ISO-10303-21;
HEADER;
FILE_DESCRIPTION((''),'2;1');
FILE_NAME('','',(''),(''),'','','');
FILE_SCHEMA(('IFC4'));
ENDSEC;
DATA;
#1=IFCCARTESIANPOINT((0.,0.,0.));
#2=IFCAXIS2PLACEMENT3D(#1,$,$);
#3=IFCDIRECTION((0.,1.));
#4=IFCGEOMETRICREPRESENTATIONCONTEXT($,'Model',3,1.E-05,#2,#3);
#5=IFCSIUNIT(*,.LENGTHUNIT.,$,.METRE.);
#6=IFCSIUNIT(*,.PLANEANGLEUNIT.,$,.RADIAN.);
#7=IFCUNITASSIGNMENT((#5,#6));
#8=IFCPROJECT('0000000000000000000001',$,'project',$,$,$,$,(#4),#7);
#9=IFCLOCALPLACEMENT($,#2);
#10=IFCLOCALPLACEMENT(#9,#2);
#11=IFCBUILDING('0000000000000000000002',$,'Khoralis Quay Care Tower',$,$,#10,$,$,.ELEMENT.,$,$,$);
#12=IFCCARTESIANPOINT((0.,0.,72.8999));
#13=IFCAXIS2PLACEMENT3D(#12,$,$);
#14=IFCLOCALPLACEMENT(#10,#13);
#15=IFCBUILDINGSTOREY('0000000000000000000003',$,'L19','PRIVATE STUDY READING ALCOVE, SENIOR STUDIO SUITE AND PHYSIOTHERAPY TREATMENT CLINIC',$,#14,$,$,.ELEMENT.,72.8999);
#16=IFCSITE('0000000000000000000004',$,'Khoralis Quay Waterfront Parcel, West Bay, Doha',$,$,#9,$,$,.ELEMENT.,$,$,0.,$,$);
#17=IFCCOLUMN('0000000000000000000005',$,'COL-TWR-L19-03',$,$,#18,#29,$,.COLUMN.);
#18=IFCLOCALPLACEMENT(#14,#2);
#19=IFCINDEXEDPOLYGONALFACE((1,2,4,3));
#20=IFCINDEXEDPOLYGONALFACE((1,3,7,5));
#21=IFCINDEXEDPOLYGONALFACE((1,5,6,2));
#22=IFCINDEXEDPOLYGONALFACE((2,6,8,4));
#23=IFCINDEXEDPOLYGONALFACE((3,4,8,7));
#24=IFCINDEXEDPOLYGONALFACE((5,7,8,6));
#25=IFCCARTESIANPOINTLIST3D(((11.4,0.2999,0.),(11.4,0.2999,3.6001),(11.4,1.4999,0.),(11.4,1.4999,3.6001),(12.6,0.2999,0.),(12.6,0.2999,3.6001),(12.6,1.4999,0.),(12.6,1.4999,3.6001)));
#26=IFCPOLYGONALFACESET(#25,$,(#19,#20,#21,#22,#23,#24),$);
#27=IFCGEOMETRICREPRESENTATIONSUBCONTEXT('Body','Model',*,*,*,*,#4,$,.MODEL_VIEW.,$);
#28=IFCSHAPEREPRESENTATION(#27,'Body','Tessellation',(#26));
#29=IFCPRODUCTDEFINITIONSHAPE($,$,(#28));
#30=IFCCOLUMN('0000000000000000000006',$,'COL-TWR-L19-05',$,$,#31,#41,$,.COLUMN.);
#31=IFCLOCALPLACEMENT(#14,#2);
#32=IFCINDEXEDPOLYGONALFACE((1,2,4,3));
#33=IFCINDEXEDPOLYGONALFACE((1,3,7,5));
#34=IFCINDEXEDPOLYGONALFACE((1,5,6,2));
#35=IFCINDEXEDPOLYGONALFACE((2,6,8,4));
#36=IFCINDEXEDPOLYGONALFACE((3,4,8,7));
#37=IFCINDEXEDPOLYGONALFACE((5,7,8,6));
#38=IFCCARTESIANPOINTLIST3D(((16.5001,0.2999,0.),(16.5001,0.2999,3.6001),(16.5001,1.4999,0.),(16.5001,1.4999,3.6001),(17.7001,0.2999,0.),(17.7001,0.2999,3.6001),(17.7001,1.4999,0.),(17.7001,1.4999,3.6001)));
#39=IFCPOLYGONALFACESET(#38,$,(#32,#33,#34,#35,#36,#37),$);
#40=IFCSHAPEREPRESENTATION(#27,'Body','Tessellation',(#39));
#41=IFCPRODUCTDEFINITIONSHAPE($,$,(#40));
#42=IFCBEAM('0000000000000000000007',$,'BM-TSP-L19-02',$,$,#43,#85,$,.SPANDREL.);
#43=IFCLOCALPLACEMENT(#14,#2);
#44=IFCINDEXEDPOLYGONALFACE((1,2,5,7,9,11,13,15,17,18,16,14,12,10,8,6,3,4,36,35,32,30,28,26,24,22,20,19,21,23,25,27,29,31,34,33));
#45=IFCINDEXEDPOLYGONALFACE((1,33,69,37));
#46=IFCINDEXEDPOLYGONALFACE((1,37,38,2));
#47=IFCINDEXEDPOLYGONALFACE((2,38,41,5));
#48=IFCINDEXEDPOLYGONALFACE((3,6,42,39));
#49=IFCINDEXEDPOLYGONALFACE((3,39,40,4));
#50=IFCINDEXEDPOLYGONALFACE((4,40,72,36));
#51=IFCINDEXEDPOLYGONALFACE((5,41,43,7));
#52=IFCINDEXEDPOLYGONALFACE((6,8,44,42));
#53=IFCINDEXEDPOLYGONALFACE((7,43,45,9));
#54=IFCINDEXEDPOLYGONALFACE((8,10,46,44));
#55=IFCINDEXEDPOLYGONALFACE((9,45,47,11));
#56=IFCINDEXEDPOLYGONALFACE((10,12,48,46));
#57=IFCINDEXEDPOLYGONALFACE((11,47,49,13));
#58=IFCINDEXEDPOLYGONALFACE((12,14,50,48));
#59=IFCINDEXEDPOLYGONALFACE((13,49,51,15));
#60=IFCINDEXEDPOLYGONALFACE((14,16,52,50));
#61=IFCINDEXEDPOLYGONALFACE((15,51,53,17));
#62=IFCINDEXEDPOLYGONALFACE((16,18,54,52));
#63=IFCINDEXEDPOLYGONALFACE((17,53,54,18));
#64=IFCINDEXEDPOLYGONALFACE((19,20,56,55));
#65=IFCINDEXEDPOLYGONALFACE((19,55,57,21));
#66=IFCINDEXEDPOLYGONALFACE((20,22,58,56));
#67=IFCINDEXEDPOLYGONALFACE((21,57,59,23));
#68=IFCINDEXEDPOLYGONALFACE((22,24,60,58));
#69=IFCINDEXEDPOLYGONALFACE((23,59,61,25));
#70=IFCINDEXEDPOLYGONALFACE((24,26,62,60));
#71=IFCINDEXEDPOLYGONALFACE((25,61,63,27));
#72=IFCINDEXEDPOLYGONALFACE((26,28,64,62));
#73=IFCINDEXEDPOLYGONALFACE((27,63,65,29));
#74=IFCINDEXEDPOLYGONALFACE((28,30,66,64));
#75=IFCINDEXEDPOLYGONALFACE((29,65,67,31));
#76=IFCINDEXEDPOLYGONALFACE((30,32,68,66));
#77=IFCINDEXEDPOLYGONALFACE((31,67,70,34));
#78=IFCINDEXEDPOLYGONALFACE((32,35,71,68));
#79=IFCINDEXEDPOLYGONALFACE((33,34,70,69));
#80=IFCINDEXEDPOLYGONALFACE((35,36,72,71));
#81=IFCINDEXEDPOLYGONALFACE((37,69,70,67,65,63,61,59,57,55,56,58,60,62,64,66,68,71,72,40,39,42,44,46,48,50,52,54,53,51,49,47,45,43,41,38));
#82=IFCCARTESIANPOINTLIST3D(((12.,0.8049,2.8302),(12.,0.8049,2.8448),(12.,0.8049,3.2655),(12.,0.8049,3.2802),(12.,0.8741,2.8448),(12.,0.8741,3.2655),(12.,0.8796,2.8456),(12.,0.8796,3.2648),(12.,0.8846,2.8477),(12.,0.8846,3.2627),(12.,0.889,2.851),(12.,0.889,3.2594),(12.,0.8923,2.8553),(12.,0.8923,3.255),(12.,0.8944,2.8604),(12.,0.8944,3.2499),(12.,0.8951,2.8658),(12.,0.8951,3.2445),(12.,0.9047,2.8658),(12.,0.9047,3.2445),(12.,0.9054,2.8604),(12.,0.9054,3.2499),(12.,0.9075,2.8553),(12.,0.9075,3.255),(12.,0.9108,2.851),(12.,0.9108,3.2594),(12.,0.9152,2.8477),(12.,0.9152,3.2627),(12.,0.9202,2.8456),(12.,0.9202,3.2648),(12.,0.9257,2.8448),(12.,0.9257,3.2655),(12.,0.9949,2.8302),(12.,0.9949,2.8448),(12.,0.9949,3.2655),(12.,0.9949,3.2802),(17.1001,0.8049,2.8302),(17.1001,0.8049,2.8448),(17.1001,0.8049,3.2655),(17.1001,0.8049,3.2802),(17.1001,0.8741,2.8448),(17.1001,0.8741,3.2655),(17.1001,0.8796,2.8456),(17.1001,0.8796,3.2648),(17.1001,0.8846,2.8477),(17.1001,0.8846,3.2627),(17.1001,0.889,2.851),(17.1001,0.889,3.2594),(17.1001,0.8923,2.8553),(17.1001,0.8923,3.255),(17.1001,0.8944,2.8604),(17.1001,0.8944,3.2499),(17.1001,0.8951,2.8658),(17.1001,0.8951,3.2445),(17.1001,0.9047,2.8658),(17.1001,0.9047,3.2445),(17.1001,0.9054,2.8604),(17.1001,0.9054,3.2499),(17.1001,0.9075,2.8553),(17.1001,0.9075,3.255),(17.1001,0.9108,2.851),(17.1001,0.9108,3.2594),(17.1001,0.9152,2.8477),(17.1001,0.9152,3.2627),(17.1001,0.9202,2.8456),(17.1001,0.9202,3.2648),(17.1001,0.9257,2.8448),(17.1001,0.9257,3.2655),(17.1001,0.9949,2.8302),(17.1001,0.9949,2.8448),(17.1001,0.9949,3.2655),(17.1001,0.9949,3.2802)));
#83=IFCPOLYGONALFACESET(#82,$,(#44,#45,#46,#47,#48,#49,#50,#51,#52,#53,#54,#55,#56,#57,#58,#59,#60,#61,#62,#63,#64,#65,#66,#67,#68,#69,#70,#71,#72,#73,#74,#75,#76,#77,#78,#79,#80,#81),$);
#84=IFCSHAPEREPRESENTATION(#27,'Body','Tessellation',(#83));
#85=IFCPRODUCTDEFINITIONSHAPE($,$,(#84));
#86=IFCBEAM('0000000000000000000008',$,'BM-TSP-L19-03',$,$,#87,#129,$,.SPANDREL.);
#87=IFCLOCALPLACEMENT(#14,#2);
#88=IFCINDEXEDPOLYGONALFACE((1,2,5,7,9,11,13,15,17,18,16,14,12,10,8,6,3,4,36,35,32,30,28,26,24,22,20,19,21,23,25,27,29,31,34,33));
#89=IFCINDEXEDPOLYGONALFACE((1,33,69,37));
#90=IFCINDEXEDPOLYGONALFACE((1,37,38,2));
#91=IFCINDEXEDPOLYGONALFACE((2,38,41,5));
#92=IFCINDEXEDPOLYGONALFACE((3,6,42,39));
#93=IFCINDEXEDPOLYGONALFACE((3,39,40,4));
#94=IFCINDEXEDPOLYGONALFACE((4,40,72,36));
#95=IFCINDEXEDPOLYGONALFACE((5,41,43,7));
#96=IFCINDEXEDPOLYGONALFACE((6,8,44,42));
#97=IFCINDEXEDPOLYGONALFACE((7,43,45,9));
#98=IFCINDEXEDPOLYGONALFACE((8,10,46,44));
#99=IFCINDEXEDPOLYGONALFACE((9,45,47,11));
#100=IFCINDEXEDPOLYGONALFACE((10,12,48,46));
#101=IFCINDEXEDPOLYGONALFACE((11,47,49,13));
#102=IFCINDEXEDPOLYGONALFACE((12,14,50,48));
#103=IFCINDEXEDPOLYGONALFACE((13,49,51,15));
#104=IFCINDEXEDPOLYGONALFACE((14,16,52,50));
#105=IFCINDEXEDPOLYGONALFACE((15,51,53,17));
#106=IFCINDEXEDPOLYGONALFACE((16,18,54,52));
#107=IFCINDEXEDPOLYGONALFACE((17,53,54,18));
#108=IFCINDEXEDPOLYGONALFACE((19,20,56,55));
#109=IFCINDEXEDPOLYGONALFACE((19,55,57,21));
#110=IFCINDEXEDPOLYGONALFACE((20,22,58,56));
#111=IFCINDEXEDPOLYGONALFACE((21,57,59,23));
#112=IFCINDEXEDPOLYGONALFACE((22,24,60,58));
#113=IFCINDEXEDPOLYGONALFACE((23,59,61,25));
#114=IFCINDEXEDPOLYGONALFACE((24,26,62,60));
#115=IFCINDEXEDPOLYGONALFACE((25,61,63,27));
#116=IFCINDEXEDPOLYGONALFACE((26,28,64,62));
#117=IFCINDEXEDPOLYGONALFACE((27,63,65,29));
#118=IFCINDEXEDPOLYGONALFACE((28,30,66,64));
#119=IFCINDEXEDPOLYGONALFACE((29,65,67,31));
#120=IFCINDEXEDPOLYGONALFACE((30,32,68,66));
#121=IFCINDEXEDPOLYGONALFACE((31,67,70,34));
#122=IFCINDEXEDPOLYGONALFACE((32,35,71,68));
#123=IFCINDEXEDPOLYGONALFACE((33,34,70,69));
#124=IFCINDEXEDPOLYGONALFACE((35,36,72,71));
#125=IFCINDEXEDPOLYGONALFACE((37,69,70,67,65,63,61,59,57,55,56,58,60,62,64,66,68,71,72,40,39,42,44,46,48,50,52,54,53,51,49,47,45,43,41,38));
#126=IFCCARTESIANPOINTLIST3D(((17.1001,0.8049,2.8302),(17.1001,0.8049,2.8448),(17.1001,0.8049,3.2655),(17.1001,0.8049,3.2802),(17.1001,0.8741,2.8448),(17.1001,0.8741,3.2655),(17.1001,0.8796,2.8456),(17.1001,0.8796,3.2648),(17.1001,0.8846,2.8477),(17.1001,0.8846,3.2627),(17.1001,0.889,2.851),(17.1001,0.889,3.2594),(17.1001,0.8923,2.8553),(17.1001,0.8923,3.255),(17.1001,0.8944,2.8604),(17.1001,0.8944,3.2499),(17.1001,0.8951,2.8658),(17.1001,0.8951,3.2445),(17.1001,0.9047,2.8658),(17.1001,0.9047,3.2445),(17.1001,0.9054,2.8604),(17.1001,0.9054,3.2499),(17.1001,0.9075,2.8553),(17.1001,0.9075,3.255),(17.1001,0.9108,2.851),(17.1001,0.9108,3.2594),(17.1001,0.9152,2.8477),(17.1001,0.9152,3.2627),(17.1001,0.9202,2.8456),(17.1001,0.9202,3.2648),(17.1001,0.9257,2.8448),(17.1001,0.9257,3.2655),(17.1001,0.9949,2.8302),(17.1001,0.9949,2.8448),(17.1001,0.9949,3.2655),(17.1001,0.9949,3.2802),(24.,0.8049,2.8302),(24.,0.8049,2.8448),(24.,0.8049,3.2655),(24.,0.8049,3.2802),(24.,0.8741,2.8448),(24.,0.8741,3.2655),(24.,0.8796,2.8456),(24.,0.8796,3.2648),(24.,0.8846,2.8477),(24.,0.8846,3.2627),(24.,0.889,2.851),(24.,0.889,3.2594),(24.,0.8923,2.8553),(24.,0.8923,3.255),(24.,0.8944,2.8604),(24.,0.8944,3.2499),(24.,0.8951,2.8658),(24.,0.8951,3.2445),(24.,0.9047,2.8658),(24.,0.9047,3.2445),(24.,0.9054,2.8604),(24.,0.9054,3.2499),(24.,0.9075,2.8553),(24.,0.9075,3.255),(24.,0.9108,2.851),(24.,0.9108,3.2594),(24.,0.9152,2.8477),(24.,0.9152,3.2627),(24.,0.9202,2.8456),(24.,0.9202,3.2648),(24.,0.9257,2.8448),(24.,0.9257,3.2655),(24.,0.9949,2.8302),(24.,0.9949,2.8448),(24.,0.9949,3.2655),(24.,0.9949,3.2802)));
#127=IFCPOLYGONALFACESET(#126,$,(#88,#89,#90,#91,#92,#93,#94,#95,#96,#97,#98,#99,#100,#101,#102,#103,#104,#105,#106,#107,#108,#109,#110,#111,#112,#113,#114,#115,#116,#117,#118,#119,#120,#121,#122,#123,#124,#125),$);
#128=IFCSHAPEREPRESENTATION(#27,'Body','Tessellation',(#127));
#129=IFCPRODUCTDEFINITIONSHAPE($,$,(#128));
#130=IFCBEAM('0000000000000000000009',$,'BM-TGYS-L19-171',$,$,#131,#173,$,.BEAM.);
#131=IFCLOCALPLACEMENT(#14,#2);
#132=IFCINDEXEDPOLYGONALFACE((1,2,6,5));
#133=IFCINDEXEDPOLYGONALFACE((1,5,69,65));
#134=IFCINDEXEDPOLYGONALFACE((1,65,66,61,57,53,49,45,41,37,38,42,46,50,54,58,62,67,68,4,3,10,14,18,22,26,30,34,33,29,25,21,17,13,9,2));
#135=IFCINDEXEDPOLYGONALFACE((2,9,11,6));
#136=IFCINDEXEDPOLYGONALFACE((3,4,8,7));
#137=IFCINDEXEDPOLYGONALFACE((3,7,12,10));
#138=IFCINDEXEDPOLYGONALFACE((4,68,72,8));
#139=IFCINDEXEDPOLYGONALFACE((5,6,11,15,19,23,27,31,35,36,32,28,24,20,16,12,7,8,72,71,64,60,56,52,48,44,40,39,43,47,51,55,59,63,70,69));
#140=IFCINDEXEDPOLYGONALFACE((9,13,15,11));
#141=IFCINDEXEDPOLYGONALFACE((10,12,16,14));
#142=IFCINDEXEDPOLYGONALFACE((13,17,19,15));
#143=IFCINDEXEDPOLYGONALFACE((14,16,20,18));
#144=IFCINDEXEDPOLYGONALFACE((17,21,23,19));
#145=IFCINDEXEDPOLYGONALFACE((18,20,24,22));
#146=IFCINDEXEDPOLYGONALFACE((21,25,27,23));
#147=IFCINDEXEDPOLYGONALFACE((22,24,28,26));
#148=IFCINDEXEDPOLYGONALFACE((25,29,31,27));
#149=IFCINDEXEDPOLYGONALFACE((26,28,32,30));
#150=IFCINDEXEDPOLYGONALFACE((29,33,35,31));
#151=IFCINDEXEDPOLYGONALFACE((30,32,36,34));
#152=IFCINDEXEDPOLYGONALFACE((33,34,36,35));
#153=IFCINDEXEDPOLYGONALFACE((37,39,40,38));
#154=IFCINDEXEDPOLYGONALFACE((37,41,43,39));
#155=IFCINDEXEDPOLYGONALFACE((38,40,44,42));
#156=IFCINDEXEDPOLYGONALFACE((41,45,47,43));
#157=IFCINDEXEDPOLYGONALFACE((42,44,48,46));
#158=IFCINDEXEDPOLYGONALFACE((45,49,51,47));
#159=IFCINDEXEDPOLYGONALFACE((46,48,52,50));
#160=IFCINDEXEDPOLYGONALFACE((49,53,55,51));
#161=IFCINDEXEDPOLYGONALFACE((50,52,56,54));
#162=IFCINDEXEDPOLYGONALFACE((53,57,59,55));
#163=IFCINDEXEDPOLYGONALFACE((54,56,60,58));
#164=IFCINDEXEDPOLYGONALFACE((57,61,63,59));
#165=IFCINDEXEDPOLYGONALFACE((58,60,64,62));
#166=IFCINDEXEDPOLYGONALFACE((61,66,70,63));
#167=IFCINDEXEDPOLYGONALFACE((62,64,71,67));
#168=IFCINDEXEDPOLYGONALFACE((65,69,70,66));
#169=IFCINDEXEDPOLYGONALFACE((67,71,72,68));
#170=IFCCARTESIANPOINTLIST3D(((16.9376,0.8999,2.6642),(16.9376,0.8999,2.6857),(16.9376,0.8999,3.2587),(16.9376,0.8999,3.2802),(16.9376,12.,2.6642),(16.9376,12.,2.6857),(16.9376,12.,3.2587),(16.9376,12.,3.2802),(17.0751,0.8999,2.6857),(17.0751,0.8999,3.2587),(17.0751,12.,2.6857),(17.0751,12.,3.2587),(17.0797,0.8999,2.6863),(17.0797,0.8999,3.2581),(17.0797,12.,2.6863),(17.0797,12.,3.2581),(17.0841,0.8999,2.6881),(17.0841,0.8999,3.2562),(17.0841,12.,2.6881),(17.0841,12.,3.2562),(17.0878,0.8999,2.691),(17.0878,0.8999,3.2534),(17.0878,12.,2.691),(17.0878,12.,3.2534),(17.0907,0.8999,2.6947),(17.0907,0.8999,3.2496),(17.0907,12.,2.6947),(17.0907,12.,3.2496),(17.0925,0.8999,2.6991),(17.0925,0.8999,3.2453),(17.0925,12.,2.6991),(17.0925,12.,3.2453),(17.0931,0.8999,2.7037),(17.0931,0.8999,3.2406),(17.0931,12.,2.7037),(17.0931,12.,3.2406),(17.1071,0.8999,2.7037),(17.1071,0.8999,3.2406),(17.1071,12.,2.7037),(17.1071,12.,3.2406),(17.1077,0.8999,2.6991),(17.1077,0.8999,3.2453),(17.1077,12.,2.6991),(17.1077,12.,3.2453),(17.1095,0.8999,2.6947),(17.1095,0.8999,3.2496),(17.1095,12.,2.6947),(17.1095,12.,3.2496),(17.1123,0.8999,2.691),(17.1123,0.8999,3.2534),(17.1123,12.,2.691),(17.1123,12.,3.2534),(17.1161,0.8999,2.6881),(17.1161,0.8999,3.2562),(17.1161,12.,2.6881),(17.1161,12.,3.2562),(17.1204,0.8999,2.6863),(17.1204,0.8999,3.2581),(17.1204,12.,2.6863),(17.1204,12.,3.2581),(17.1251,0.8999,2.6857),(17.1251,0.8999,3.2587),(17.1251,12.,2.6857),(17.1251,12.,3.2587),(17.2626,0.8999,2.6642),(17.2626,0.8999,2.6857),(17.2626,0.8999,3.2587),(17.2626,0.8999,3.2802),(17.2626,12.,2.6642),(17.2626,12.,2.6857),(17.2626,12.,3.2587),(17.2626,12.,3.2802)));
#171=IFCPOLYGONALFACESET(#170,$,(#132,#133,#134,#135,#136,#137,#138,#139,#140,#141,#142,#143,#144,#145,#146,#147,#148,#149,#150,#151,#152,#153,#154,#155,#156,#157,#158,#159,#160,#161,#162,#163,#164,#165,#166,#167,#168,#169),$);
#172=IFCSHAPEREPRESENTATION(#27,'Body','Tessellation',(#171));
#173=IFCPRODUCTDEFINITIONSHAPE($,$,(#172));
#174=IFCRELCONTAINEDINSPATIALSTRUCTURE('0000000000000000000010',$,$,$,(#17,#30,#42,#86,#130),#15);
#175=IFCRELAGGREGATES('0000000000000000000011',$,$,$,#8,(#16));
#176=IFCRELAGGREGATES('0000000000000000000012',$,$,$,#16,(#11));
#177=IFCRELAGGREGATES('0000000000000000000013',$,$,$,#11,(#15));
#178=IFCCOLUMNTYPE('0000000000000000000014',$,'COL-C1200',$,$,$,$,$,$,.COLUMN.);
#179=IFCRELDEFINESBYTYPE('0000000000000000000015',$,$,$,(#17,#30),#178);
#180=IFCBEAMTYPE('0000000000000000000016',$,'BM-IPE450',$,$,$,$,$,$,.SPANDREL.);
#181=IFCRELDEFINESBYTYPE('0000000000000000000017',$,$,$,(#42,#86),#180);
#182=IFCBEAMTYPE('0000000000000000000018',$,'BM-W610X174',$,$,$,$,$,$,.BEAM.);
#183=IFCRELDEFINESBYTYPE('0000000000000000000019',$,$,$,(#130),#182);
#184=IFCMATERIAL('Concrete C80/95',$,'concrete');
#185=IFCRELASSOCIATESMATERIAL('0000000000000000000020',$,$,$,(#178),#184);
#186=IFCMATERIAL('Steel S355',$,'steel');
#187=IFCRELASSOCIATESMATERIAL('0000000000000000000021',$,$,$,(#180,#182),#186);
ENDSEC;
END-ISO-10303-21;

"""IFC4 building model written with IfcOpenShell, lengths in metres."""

from ifc_helpers import new_model, si_unit, direction, frame, origin, origin_2d, place, context, subcontext, project, spatial, rectangle, i_section, extrude, source, transform, mapped, material, material_profile, profile_set, type_object, element, save


model = new_model("IFC4")

# Units and contexts
model_context = context("Model", 3, precision=1e-05, world=origin(), true_north=direction((0.0, 1.0)))
body_context = subcontext(model_context, "Body", "Model", "MODEL_VIEW")
ifc_project = project(units=[si_unit("LENGTHUNIT", "METRE"), si_unit("PLANEANGLEUNIT", "RADIAN")], contexts=[model_context])

# Site, building, storey
site_placement = place(None, origin())
site = spatial("IfcSite", under=ifc_project, at=site_placement, Name="Khoralis Quay Waterfront Parcel, West Bay, Doha", CompositionType="ELEMENT", RefElevation=0.0)
building_placement = place(site_placement, origin())
building = spatial("IfcBuilding", under=site, at=building_placement, Name="Khoralis Quay Care Tower", CompositionType="ELEMENT")
storey_placement = place(building_placement, frame((0.0, 0.0, 72.8999)))
storey = spatial("IfcBuildingStorey", under=building, at=storey_placement, Name="L19", Description="PRIVATE STUDY READING ALCOVE, SENIOR STUDIO SUITE AND PHYSIOTHERAPY TREATMENT CLINIC", CompositionType="ELEMENT", Elevation=72.8999)

# Columns
ifc_material_1 = material(Name="Concrete C80/95", Category="concrete")
ifc_material_profile_1 = material_profile(ifc_material_1, rectangle(XDim=1.2, YDim=1.2, at=origin_2d()), Name="Concrete C80/95")
ifc_profile_set_1 = profile_set([ifc_material_profile_1], Name="Concrete C80/95")
column_type = type_object("IfcColumnType", Name="COL-C1200", PredefinedType="COLUMN", material=ifc_profile_set_1)
shared_shape_1 = source(origin(), body_context, "Body", "SweptSolid", [
    extrude(rectangle(XDim=1.2, YDim=1.2, at=origin_2d()), origin(), (0.0, 0.0, 1.0), 3.6001),
])
for number, where, z_axis, x_axis, name in (
    (1, (12.0, 0.8999, 0.0), (0.0, 0.0, 1.0), (1.0, 0.0, 0.0), "COL-TWR-L19-03"),
    (2, (17.1001, 0.8999, 0.0), (0.0, 0.0, 1.0), (1.0, 0.0, 0.0), "COL-TWR-L19-05"),
):
    element("IfcColumn", number, at=place(storey_placement, frame(where, z_axis=z_axis, x_axis=x_axis)), inside=storey, type_object=column_type, Name=name, PredefinedType="COLUMN", context=body_context, shape_type="MappedRepresentation", body=[
        mapped(shared_shape_1, transform((0.0, 0.0, 0.0), scale=1.0)),
    ])

# Beams
ifc_material_2 = material(Name="Steel S355", Category="steel")
ifc_material_profile_2 = material_profile(ifc_material_2, i_section(OverallWidth=0.1899, OverallDepth=0.45, WebThickness=0.0095, FlangeThickness=0.0146, FilletRadius=0.021, at=origin_2d()), Name="Steel S355")
ifc_profile_set_2 = profile_set([ifc_material_profile_2], Name="Steel S355")
beam_type_1 = type_object("IfcBeamType", Name="BM-IPE450", PredefinedType="SPANDREL", material=ifc_profile_set_2)
shared_shape_2 = source(origin(), body_context, "Body", "SweptSolid", [
    extrude(i_section(OverallWidth=0.1899, OverallDepth=0.45, WebThickness=0.0095, FlangeThickness=0.0146, FilletRadius=0.021, at=origin_2d()), origin(), (0.0, 0.0, 1.0), 5.1001),
])
beam_1_placement = place(storey_placement, frame((12.0, 0.8999, 3.0552), z_axis=(1.0, 0.0, 0.0), x_axis=(0.0, 1.0, 0.0)))
element("IfcBeam", 3, at=beam_1_placement, inside=storey, type_object=beam_type_1, Name="BM-TSP-L19-02", PredefinedType="SPANDREL", context=body_context, shape_type="MappedRepresentation", body=[
    mapped(shared_shape_2, transform((0.0, 0.0, 0.0), scale=1.0)),
])
shared_shape_3 = source(origin(), body_context, "Body", "SweptSolid", [
    extrude(i_section(OverallWidth=0.1899, OverallDepth=0.45, WebThickness=0.0095, FlangeThickness=0.0146, FilletRadius=0.021, at=origin_2d()), origin(), (0.0, 0.0, 1.0), 6.8999),
])
beam_2_placement = place(storey_placement, frame((17.1001, 0.8999, 3.0552), z_axis=(1.0, 0.0, 0.0), x_axis=(0.0, 1.0, 0.0)))
element("IfcBeam", 4, at=beam_2_placement, inside=storey, type_object=beam_type_1, Name="BM-TSP-L19-03", PredefinedType="SPANDREL", context=body_context, shape_type="MappedRepresentation", body=[
    mapped(shared_shape_3, transform((0.0, 0.0, 0.0), scale=1.0)),
])
ifc_material_profile_3 = material_profile(ifc_material_2, i_section(OverallWidth=0.325, OverallDepth=0.616, WebThickness=0.0139, FlangeThickness=0.0215, FilletRadius=0.0181, at=origin_2d()), Name="Steel S355")
ifc_profile_set_3 = profile_set([ifc_material_profile_3], Name="Steel S355")
beam_type_2 = type_object("IfcBeamType", Name="BM-W610X174", PredefinedType="BEAM", material=ifc_profile_set_3)
shared_shape_4 = source(origin(), body_context, "Body", "SweptSolid", [
    extrude(i_section(OverallWidth=0.325, OverallDepth=0.616, WebThickness=0.0139, FlangeThickness=0.0215, FilletRadius=0.0181, at=origin_2d()), origin(), (0.0, 0.0, 1.0), 11.1001),
])
beam_3_placement = place(storey_placement, frame((17.1001, 0.8999, 2.9722), z_axis=(0.0, 1.0, 0.0), x_axis=(-1.0, 0.0, 0.0)))
element("IfcBeam", 5, at=beam_3_placement, inside=storey, type_object=beam_type_2, Name="BM-TGYS-L19-171", PredefinedType="BEAM", context=body_context, shape_type="MappedRepresentation", body=[
    mapped(shared_shape_4, transform((0.0, 0.0, 0.0), scale=1.0)),
])

save(model, "model.ifc")
